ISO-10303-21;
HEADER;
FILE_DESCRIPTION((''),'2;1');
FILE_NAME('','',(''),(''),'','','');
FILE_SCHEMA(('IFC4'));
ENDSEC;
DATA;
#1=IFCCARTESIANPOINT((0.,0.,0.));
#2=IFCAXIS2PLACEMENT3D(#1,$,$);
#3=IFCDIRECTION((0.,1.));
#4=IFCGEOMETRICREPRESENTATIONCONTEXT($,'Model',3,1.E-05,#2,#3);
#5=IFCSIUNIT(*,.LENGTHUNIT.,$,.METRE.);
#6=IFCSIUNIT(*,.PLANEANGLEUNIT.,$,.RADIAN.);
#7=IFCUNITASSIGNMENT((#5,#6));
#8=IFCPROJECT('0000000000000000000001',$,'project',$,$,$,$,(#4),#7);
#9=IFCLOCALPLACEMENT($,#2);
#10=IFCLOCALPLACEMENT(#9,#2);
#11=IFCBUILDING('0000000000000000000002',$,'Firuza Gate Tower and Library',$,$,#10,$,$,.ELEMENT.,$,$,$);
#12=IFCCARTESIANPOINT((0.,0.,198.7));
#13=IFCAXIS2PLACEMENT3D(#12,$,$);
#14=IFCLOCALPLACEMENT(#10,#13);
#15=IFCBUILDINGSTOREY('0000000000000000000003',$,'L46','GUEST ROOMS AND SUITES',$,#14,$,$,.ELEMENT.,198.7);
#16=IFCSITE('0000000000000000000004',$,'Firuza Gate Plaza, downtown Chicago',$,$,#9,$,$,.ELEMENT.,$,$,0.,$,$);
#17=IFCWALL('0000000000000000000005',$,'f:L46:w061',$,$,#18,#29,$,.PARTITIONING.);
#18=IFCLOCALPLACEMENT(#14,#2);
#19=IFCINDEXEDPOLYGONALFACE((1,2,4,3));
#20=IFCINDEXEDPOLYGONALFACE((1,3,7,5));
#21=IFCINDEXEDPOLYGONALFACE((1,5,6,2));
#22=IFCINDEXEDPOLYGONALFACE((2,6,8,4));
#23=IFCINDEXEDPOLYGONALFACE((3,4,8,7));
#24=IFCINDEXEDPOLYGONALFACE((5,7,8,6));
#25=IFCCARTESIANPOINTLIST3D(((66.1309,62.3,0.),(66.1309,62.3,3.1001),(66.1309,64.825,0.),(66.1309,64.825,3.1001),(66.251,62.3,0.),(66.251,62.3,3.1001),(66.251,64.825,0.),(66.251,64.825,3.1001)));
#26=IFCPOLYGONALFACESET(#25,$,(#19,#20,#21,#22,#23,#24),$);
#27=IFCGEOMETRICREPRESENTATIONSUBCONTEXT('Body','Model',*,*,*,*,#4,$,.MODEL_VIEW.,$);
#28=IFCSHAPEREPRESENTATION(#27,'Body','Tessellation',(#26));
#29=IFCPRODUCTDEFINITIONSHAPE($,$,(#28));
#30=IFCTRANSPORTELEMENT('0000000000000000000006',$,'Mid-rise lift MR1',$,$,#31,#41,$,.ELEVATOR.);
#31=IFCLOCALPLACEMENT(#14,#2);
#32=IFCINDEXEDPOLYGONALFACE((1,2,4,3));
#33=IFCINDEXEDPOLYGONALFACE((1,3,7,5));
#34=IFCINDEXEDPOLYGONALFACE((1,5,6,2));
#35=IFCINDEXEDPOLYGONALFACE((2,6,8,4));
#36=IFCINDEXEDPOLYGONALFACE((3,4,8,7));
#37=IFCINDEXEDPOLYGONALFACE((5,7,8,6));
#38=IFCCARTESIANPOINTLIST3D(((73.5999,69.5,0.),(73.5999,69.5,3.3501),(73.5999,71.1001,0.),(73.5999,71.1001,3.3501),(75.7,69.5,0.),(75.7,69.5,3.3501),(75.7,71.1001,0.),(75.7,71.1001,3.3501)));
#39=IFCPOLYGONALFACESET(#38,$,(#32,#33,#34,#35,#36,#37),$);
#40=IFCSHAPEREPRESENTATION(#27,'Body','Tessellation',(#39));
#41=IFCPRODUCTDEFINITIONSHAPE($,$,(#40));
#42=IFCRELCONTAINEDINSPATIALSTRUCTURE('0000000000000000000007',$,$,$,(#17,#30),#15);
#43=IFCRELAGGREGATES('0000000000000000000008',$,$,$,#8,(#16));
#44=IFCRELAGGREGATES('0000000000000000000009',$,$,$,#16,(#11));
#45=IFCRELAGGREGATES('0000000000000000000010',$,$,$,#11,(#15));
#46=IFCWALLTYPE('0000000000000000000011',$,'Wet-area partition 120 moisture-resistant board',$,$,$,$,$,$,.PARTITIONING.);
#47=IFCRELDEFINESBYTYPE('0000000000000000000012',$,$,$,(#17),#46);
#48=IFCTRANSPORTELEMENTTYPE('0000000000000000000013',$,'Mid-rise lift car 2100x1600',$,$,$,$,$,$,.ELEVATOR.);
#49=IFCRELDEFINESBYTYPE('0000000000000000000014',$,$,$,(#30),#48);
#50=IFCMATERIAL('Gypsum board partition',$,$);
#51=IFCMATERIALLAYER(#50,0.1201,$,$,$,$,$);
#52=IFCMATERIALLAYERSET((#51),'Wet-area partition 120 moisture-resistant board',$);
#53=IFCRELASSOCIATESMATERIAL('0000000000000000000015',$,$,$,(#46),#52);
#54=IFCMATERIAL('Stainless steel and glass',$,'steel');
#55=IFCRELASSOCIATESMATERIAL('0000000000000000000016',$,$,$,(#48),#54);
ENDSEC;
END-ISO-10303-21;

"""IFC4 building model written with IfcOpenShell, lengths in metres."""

from ifc_helpers import new_model, si_unit, direction, frame, frame_2d, origin, origin_2d, place, context, subcontext, project, spatial, rectangle, extrude, material, layer, layer_set, type_object, element, save


model = new_model("IFC4")

# Units and contexts
model_context = context("Model", 3, precision=1e-05, world=origin(), true_north=direction((0.0, 1.0)))
body_context = subcontext(model_context, "Body", "Model", "MODEL_VIEW")
ifc_project = project(units=[si_unit("LENGTHUNIT", "METRE"), si_unit("PLANEANGLEUNIT", "RADIAN")], contexts=[model_context])

# Site, building, storey
site_placement = place(None, origin())
site = spatial("IfcSite", under=ifc_project, at=site_placement, Name="Firuza Gate Plaza, downtown Chicago", CompositionType="ELEMENT", RefElevation=0.0)
building_placement = place(site_placement, origin())
building = spatial("IfcBuilding", under=site, at=building_placement, Name="Firuza Gate Tower and Library", CompositionType="ELEMENT")
storey_placement = place(building_placement, frame((0.0, 0.0, 198.7)))
storey = spatial("IfcBuildingStorey", under=building, at=storey_placement, Name="L46", Description="GUEST ROOMS AND SUITES", CompositionType="ELEMENT", Elevation=198.7)

# Shared definitions
ifc_material_1 = material(Name="Gypsum board partition")
ifc_layer_1 = layer(ifc_material_1, 0.1201)
ifc_layer_set_1 = layer_set([ifc_layer_1], Name="Wet-area partition 120 moisture-resistant board")
wall_type_1 = type_object("IfcWallType", Name="Wet-area partition 120 moisture-resistant board", PredefinedType="PARTITIONING", material=ifc_layer_set_1)

# Wall
wall_1_placement = place(storey_placement, frame((66.1909, 62.3, 0.0), z_axis=(0.0, 0.0, 1.0), x_axis=(0.0, 1.0, 0.0)))
element("IfcWall", 1, at=wall_1_placement, inside=storey, type_object=wall_type_1, Name="f:L46:w061", PredefinedType="PARTITIONING", context=body_context, shape_type="SweptSolid", body=[
    extrude(rectangle(XDim=2.5249, YDim=0.1201, at=frame_2d((1.2625, 0.0))), origin(), (0.0, 0.0, 1.0), 3.1001),
])

# Transport element
ifc_material_2 = material(Name="Stainless steel and glass", Category="steel")
transport_element_type = type_object("IfcTransportElementType", Name="Mid-rise lift car 2100x1600", PredefinedType="ELEVATOR", material=ifc_material_2)
transport_element_placement = place(storey_placement, frame((74.6499, 70.3, 0.0), z_axis=(0.0, 0.0, 1.0), x_axis=(1.0, 0.0, 0.0)))
element("IfcTransportElement", 2, at=transport_element_placement, inside=storey, type_object=transport_element_type, Name="Mid-rise lift MR1", PredefinedType="ELEVATOR", context=body_context, shape_type="SweptSolid", body=[
    extrude(rectangle(XDim=2.1001, YDim=1.6001, at=origin_2d()), origin(), (0.0, 0.0, 1.0), 3.3501),
])

save(model, "model.ifc")
